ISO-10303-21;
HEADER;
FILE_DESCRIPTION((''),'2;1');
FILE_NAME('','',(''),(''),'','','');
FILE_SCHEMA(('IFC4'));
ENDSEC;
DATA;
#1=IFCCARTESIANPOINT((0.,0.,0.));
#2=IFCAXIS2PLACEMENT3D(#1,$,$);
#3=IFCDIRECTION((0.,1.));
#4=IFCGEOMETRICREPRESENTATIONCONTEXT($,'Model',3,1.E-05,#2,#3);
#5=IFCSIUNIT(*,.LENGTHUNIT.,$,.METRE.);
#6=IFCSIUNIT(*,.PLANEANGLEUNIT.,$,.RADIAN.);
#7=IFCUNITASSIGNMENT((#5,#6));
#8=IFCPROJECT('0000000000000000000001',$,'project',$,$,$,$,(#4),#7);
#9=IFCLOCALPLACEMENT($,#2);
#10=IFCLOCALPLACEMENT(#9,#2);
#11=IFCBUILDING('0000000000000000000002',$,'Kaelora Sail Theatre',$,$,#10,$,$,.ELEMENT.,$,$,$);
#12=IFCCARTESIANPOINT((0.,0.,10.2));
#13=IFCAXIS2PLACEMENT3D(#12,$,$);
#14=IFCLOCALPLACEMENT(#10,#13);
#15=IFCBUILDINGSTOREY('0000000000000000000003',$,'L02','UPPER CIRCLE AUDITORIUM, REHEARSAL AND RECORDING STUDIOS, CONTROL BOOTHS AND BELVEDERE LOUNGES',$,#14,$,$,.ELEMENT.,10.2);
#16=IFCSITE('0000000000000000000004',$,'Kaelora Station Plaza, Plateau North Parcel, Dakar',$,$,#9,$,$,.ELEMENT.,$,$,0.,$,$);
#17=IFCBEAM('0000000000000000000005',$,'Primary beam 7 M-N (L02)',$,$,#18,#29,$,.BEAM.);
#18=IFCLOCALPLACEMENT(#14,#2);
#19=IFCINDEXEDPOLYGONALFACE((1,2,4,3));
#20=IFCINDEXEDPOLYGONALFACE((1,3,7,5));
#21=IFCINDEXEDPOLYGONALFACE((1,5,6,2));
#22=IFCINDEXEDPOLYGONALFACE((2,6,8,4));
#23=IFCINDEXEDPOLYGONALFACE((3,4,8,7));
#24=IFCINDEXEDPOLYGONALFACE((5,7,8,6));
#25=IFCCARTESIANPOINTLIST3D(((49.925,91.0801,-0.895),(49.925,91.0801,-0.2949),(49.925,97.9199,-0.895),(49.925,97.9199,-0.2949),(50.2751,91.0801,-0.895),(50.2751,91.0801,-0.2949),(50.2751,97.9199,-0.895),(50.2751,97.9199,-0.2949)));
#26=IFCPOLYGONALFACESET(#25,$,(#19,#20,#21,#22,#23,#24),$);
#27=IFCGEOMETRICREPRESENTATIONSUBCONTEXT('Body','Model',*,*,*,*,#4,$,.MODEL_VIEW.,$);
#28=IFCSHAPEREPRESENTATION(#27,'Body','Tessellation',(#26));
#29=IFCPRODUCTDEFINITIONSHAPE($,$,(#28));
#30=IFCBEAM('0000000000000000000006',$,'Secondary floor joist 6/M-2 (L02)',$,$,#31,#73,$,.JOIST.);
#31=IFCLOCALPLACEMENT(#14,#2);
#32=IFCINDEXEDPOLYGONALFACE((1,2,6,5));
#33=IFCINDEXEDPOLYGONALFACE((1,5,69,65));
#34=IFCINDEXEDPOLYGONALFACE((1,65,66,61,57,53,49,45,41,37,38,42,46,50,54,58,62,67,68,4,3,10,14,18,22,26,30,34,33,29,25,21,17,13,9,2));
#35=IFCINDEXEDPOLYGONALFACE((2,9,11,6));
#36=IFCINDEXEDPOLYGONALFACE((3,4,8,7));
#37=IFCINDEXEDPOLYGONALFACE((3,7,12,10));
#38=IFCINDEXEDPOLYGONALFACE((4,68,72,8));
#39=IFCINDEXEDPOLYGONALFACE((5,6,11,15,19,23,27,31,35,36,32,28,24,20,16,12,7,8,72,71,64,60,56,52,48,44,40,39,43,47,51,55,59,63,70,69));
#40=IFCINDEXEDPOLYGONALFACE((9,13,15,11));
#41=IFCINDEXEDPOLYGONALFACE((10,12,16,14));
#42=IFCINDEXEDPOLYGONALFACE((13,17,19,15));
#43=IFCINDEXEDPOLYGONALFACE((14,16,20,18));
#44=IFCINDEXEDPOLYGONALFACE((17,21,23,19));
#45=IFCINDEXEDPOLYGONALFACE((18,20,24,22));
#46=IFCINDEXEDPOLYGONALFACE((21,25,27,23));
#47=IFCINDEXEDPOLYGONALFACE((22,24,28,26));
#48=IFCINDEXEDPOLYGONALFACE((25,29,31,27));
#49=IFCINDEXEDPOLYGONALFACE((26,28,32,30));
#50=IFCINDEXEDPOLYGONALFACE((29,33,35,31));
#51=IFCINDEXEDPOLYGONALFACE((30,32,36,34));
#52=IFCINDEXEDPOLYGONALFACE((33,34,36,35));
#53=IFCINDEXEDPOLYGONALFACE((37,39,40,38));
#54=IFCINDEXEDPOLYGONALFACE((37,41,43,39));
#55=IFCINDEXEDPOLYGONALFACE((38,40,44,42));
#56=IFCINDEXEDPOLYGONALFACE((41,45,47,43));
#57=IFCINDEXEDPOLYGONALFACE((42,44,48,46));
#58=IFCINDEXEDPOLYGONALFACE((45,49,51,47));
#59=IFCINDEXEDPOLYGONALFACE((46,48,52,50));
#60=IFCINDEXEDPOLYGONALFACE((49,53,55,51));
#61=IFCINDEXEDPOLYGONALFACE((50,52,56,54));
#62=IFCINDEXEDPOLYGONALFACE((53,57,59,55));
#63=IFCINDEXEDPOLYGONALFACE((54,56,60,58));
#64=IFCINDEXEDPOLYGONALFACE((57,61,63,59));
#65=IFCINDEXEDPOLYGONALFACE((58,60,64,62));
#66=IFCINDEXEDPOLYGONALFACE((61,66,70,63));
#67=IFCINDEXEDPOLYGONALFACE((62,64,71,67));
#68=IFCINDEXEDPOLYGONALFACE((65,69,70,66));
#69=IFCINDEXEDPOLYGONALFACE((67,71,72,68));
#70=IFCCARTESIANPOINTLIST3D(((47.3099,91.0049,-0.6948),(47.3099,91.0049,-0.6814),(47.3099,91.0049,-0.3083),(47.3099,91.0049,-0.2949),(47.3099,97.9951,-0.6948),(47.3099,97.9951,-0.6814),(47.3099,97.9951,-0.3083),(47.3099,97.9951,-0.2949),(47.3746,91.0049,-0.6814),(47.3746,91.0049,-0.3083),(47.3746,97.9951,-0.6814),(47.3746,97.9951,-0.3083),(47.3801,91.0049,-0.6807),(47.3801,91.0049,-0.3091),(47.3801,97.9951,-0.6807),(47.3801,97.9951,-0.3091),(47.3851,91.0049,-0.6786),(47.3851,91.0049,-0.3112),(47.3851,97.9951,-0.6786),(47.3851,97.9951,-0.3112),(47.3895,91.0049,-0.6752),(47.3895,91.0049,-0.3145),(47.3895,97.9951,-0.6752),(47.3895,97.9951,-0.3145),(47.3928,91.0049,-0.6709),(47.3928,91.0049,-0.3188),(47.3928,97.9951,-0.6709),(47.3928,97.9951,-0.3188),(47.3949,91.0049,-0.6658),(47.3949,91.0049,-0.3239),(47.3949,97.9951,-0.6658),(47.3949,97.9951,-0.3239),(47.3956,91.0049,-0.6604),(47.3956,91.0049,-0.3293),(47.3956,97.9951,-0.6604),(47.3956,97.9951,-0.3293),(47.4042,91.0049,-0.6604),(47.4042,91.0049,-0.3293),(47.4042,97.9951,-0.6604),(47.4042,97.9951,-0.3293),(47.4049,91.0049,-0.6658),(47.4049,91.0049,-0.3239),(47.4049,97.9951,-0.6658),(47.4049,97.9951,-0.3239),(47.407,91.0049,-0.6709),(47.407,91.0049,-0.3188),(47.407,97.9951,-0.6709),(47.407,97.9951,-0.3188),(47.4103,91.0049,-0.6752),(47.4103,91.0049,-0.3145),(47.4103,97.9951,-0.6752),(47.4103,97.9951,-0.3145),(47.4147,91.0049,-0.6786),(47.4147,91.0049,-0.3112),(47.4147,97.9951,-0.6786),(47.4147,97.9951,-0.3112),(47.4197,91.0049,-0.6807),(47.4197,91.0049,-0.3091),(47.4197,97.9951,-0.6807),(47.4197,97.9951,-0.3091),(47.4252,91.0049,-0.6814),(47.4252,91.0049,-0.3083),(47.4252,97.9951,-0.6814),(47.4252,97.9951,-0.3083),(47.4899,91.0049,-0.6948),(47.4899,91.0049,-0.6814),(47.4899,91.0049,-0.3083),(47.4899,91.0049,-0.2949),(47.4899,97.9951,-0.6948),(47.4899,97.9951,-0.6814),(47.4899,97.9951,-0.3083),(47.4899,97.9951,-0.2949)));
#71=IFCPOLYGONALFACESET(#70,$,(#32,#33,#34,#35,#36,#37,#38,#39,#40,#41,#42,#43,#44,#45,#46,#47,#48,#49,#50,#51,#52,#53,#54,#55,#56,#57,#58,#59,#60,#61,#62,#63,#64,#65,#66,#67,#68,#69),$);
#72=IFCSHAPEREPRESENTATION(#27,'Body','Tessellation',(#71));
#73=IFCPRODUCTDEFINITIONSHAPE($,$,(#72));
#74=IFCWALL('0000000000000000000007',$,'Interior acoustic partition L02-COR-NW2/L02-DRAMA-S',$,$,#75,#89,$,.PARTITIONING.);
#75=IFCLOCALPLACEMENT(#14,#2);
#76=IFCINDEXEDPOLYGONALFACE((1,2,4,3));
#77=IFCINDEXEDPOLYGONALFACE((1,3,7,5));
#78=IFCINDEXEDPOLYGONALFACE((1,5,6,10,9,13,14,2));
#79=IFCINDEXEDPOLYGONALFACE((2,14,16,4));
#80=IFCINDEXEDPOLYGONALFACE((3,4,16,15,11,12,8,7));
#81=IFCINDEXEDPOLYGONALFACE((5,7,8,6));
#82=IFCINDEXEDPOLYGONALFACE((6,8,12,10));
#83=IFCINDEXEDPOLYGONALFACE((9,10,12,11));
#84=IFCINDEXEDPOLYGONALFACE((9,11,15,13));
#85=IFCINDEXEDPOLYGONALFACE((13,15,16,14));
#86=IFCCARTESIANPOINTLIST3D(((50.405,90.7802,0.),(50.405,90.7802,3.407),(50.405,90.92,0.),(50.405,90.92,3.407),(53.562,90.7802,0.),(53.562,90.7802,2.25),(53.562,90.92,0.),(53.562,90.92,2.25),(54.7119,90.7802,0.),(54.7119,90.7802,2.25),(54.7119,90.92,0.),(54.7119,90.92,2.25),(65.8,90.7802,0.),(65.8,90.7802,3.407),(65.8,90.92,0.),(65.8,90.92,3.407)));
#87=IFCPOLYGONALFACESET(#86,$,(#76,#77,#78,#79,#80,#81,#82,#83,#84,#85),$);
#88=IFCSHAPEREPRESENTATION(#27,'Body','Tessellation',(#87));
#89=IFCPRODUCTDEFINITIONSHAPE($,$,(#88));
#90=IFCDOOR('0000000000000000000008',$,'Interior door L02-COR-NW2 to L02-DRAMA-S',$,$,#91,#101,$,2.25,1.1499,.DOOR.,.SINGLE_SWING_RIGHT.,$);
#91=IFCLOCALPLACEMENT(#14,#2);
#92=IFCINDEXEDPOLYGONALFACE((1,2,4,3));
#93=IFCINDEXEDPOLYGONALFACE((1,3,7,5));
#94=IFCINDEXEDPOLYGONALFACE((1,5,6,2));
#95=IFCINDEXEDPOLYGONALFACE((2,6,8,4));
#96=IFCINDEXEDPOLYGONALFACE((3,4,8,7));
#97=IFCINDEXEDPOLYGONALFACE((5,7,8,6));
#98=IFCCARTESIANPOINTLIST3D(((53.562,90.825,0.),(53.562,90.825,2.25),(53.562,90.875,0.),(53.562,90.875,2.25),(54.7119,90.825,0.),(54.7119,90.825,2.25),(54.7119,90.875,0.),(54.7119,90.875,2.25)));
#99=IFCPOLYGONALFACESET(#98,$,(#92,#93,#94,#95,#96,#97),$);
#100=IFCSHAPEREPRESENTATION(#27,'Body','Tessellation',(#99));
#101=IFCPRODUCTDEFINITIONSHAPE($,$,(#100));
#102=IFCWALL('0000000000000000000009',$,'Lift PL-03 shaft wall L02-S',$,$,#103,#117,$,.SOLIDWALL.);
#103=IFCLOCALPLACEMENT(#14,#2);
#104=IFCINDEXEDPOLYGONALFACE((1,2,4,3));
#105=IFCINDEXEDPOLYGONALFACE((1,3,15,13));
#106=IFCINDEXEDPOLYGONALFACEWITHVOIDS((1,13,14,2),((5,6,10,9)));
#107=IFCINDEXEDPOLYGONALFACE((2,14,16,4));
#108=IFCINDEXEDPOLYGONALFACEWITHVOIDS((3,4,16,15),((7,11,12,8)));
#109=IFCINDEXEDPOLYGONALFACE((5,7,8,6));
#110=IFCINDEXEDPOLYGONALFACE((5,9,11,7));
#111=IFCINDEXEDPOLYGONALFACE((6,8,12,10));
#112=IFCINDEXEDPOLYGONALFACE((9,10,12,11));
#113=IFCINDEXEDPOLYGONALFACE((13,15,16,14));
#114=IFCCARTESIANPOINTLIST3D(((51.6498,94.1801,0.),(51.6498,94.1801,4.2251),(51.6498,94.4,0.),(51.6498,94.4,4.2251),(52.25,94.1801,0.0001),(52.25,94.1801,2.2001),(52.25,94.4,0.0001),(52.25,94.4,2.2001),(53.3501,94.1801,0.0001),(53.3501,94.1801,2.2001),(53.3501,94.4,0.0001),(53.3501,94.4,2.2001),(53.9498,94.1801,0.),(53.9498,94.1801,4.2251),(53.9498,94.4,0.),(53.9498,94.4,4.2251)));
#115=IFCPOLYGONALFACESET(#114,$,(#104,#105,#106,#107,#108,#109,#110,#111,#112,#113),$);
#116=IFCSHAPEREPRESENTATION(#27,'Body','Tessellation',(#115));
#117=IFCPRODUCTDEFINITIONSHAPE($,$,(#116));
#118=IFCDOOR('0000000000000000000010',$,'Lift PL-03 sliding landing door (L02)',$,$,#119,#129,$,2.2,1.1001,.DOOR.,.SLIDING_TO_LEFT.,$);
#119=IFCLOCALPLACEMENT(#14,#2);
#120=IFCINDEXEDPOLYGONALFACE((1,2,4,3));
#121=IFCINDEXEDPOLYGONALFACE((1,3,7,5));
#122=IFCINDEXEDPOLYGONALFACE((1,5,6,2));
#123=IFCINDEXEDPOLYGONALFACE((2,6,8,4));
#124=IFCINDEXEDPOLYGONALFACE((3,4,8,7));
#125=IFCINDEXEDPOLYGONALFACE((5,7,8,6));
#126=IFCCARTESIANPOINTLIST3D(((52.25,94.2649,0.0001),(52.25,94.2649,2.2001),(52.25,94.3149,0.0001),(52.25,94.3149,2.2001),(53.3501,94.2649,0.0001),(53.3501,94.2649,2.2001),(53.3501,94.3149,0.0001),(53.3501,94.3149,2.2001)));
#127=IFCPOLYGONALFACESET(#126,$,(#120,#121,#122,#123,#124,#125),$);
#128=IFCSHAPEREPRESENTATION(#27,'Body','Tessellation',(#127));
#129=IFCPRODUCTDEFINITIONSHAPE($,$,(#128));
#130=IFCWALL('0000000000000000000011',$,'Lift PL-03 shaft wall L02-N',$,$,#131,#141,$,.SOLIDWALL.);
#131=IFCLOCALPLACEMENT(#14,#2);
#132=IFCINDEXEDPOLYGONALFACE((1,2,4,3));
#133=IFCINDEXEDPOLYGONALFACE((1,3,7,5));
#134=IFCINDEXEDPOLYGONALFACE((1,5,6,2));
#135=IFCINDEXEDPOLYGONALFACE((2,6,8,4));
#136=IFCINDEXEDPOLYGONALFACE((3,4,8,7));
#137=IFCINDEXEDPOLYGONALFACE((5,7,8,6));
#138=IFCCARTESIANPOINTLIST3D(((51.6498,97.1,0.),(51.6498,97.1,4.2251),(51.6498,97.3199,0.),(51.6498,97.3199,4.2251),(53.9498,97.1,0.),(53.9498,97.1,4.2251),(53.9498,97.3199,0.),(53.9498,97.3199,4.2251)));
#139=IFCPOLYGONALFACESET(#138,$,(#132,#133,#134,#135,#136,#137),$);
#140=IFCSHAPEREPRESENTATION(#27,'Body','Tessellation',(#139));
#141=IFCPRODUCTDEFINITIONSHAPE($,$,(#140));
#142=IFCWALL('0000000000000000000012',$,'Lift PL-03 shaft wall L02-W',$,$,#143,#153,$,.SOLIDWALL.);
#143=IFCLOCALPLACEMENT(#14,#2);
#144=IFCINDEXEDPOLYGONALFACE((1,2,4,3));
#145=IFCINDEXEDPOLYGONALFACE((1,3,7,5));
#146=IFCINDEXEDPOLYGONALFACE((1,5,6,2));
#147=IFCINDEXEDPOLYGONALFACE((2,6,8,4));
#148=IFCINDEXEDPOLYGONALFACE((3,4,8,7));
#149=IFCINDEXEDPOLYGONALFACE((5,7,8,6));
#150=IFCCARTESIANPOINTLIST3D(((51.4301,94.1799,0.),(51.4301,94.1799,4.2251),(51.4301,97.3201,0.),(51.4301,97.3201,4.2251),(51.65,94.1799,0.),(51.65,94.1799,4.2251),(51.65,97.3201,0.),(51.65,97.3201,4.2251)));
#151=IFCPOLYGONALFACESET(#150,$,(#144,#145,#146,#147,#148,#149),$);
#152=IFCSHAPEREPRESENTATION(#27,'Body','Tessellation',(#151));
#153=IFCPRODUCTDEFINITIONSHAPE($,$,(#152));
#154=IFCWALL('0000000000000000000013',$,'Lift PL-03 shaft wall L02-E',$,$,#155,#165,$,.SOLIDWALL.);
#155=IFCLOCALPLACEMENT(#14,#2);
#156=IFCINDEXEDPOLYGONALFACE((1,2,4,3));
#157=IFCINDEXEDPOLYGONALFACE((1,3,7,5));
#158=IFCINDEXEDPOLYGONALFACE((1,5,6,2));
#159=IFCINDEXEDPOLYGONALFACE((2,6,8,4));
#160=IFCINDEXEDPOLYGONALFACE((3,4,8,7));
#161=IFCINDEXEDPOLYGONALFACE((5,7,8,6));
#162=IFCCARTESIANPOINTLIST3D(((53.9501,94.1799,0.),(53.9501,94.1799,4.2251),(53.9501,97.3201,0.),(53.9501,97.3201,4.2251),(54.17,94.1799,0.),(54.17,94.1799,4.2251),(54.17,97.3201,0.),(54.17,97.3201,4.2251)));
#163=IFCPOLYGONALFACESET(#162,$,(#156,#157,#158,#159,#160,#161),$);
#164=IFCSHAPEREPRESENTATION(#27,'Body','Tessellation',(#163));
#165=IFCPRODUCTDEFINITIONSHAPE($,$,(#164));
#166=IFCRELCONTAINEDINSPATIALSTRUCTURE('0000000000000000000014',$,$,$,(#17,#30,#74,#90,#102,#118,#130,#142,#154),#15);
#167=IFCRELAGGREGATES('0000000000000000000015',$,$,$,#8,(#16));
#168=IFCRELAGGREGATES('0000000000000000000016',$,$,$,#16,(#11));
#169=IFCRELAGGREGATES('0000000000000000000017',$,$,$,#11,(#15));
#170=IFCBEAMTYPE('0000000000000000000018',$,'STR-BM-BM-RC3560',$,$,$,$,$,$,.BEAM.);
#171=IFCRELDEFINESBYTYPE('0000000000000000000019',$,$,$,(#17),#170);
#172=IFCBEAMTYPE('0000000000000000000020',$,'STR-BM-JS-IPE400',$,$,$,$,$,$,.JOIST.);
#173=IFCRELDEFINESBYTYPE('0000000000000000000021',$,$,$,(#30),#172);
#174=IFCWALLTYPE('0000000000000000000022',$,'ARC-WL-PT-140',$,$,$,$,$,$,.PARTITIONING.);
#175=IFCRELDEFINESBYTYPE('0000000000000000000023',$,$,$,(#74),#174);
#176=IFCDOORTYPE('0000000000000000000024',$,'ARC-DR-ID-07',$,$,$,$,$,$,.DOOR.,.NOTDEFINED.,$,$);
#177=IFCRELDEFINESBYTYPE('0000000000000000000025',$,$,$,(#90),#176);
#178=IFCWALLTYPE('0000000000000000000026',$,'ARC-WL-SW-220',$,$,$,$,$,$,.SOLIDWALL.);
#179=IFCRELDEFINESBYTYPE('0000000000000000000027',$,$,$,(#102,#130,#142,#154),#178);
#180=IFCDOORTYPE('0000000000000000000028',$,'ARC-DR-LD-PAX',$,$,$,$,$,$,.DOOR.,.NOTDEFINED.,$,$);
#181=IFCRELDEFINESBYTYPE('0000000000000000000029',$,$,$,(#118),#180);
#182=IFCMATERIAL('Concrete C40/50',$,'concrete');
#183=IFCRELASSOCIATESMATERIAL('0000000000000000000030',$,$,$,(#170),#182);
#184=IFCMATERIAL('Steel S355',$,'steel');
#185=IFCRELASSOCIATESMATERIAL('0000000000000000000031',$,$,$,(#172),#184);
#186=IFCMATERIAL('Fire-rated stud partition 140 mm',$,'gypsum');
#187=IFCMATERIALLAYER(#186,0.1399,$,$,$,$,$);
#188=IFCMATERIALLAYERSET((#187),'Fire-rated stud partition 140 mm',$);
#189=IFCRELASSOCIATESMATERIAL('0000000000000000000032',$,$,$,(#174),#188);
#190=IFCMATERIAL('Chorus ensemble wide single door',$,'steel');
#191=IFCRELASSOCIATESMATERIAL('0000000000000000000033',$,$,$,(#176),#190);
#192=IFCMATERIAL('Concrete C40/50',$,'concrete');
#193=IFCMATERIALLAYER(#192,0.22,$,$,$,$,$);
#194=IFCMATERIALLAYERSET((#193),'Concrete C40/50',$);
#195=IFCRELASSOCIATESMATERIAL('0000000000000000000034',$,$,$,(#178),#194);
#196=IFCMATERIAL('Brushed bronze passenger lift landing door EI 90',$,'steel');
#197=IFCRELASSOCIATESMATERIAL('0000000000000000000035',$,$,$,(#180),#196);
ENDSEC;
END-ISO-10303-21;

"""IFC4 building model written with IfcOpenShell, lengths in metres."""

from ifc_helpers import new_model, si_unit, direction, frame, frame_2d, origin, origin_2d, place, context, subcontext, project, spatial, rectangle, i_section, extrude, material, layer, layer_set, material_profile, profile_set, type_object, element, fill, save


model = new_model("IFC4")

# Units and contexts
model_context = context("Model", 3, precision=1e-05, world=origin(), true_north=direction((0.0, 1.0)))
body_context = subcontext(model_context, "Body", "Model", "MODEL_VIEW")
ifc_project = project(units=[si_unit("LENGTHUNIT", "METRE"), si_unit("PLANEANGLEUNIT", "RADIAN")], contexts=[model_context])

# Site, building, storey
site_placement = place(None, origin())
site = spatial("IfcSite", under=ifc_project, at=site_placement, Name="Kaelora Station Plaza, Plateau North Parcel, Dakar", CompositionType="ELEMENT", RefElevation=0.0)
building_placement = place(site_placement, origin())
building = spatial("IfcBuilding", under=site, at=building_placement, Name="Kaelora Sail Theatre", CompositionType="ELEMENT")
storey_placement = place(building_placement, frame((0.0, 0.0, 10.2)))
storey = spatial("IfcBuildingStorey", under=building, at=storey_placement, Name="L02", Description="UPPER CIRCLE AUDITORIUM, REHEARSAL AND RECORDING STUDIOS, CONTROL BOOTHS AND BELVEDERE LOUNGES", CompositionType="ELEMENT", Elevation=10.2)

# Beams
ifc_material_1 = material(Name="Concrete C40/50", Category="concrete")
ifc_material_profile_1 = material_profile(ifc_material_1, rectangle(XDim=0.3501, YDim=0.6001, at=origin_2d()), Name="RC-BM 350x600")
ifc_profile_set_1 = profile_set([ifc_material_profile_1], Name="Concrete C40/50")
beam_type_1 = type_object("IfcBeamType", Name="STR-BM-BM-RC3560", PredefinedType="BEAM", material=ifc_profile_set_1)
beam_1_placement = place(storey_placement, frame((50.1001, 91.0801, -0.595), z_axis=(0.0, 1.0, 0.0), x_axis=(-1.0, 0.0, 0.0)))
element("IfcBeam", 1, at=beam_1_placement, inside=storey, type_object=beam_type_1, Name="Primary beam 7 M-N (L02)", PredefinedType="BEAM", context=body_context, shape_type="SweptSolid", body=[
    extrude(rectangle(XDim=0.3501, YDim=0.6001, at=origin_2d()), origin(), (0.0, 0.0, 1.0), 6.8398),
])
ifc_material_2 = material(Name="Steel S355", Category="steel")
ifc_material_profile_2 = material_profile(ifc_material_2, i_section(OverallWidth=0.1799, OverallDepth=0.3999, WebThickness=0.0085, FlangeThickness=0.0134, FilletRadius=0.021, at=origin_2d()), Name="IPE 400")
ifc_profile_set_2 = profile_set([ifc_material_profile_2], Name="Steel S355")
beam_type_2 = type_object("IfcBeamType", Name="STR-BM-JS-IPE400", PredefinedType="JOIST", material=ifc_profile_set_2)
beam_2_placement = place(storey_placement, frame((47.3999, 91.0049, -0.4949), z_axis=(0.0, 1.0, 0.0), x_axis=(-1.0, 0.0, 0.0)))
element("IfcBeam", 2, at=beam_2_placement, inside=storey, type_object=beam_type_2, Name="Secondary floor joist 6/M-2 (L02)", PredefinedType="JOIST", context=body_context, shape_type="SweptSolid", body=[
    extrude(i_section(OverallWidth=0.1799, OverallDepth=0.3999, WebThickness=0.0085, FlangeThickness=0.0134, FilletRadius=0.021, at=origin_2d()), origin(), (0.0, 0.0, 1.0), 6.9902),
])

# Walls, openings, doors
ifc_material_3 = material(Name="Fire-rated stud partition 140 mm", Category="gypsum")
ifc_layer_1 = layer(ifc_material_3, 0.1399)
ifc_layer_set_1 = layer_set([ifc_layer_1], Name="Fire-rated stud partition 140 mm")
wall_type_1 = type_object("IfcWallType", Name="ARC-WL-PT-140", PredefinedType="PARTITIONING", material=ifc_layer_set_1)
wall_1_placement = place(storey_placement, frame((50.405, 90.8501, 0.0), z_axis=(0.0, 0.0, 1.0), x_axis=(1.0, 0.0, 0.0)))
wall_1 = element("IfcWall", 3, at=wall_1_placement, inside=storey, type_object=wall_type_1, Name="Interior acoustic partition L02-COR-NW2/L02-DRAMA-S", PredefinedType="PARTITIONING", context=body_context, shape_type="SweptSolid", body=[
    extrude(rectangle(XDim=15.395, YDim=0.1399, at=frame_2d((7.6975, 0.0))), origin(), (0.0, 0.0, 1.0), 3.407),
])
opening_1_placement = place(wall_1_placement, frame((3.157, 0.0, 0.0)))
opening_1 = element("IfcOpeningElement", 4, at=opening_1_placement, cuts=wall_1, PredefinedType="OPENING", context=body_context, shape_type="SweptSolid", body=[
    extrude(rectangle(XDim=1.1499, YDim=2.25, at=frame_2d((0.575, 1.125))), frame((0.0, 0.0798, 0.0), z_axis=(0.0, -1.0, 0.0), x_axis=(1.0, 0.0, 0.0)), (0.0, 0.0, 1.0), 0.1599),
])
ifc_material_4 = material(Name="Chorus ensemble wide single door", Category="steel")
door_type_1 = type_object("IfcDoorType", Name="ARC-DR-ID-07", OperationType="NOTDEFINED", PredefinedType="DOOR", material=ifc_material_4)
door_1_placement = place(opening_1_placement, origin())
door_1 = element("IfcDoor", 5, at=door_1_placement, inside=storey, type_object=door_type_1, Name="Interior door L02-COR-NW2 to L02-DRAMA-S", OperationType="SINGLE_SWING_RIGHT", OverallHeight=2.25, OverallWidth=1.1499, PredefinedType="DOOR", context=body_context, shape_type="SweptSolid", body=[
    extrude(rectangle(XDim=1.1499, YDim=2.25, at=frame_2d((0.575, 1.125))), frame((0.0, 0.0249, 0.0), z_axis=(0.0, -1.0, 0.0), x_axis=(1.0, 0.0, 0.0)), (0.0, 0.0, 1.0), 0.05),
])
fill(opening_1, door_1)
ifc_material_5 = material(Name="Concrete C40/50", Category="concrete")
ifc_layer_2 = layer(ifc_material_5, 0.22)
ifc_layer_set_2 = layer_set([ifc_layer_2], Name="Concrete C40/50")
wall_type_2 = type_object("IfcWallType", Name="ARC-WL-SW-220", PredefinedType="SOLIDWALL", material=ifc_layer_set_2)
wall_2_placement = place(storey_placement, frame((51.6499, 94.29, 0.0), z_axis=(0.0, 0.0, 1.0), x_axis=(1.0, 0.0, 0.0)))
wall_2 = element("IfcWall", 6, at=wall_2_placement, inside=storey, type_object=wall_type_2, Name="Lift PL-03 shaft wall L02-S", PredefinedType="SOLIDWALL", context=body_context, shape_type="SweptSolid", body=[
    extrude(rectangle(XDim=2.3, YDim=0.22, at=frame_2d((1.1499, 0.0))), origin(), (0.0, 0.0, 1.0), 4.2251),
])
opening_2_placement = place(wall_2_placement, frame((0.6001, 0.0, 0.0)))
opening_2 = element("IfcOpeningElement", 7, at=opening_2_placement, cuts=wall_2, PredefinedType="OPENING", context=body_context, shape_type="SweptSolid", body=[
    extrude(rectangle(XDim=1.1001, YDim=2.2, at=frame_2d((0.55, 1.1001))), frame((0.0, 0.1199, 0.0), z_axis=(0.0, -1.0, 0.0), x_axis=(1.0, 0.0, 0.0)), (0.0, 0.0, 1.0), 0.24),
])
ifc_material_6 = material(Name="Brushed bronze passenger lift landing door EI 90", Category="steel")
door_type_2 = type_object("IfcDoorType", Name="ARC-DR-LD-PAX", OperationType="NOTDEFINED", PredefinedType="DOOR", material=ifc_material_6)
door_2_placement = place(opening_2_placement, origin())
door_2 = element("IfcDoor", 8, at=door_2_placement, inside=storey, type_object=door_type_2, Name="Lift PL-03 sliding landing door (L02)", OperationType="SLIDING_TO_LEFT", OverallHeight=2.2, OverallWidth=1.1001, PredefinedType="DOOR", context=body_context, shape_type="SweptSolid", body=[
    extrude(rectangle(XDim=1.1001, YDim=2.2, at=frame_2d((0.55, 1.1001))), frame((0.0, 0.0249, 0.0), z_axis=(0.0, -1.0, 0.0), x_axis=(1.0, 0.0, 0.0)), (0.0, 0.0, 1.0), 0.05),
])
fill(opening_2, door_2)

# Walls
wall_3_placement = place(storey_placement, frame((51.6499, 97.21, 0.0), z_axis=(0.0, 0.0, 1.0), x_axis=(1.0, 0.0, 0.0)))
element("IfcWall", 9, at=wall_3_placement, inside=storey, type_object=wall_type_2, Name="Lift PL-03 shaft wall L02-N", PredefinedType="SOLIDWALL", context=body_context, shape_type="SweptSolid", body=[
    extrude(rectangle(XDim=2.3, YDim=0.22, at=frame_2d((1.1499, 0.0))), origin(), (0.0, 0.0, 1.0), 4.2251),
])
for number, where, z_axis, x_axis, name in (
    (10, (51.54, 94.1799, 0.0), (0.0, 0.0, 1.0), (0.0, 1.0, 0.0), "Lift PL-03 shaft wall L02-W"),
    (11, (54.0601, 94.1799, 0.0), (0.0, 0.0, 1.0), (0.0, 1.0, 0.0), "Lift PL-03 shaft wall L02-E"),
):
    element("IfcWall", number, at=place(storey_placement, frame(where, z_axis=z_axis, x_axis=x_axis)), inside=storey, type_object=wall_type_2, Name=name, PredefinedType="SOLIDWALL", context=body_context, shape_type="SweptSolid", body=[
        extrude(rectangle(XDim=3.1401, YDim=0.22, at=frame_2d((1.5701, 0.0))), origin(), (0.0, 0.0, 1.0), 4.2251),
    ])

save(model, "model.ifc")
